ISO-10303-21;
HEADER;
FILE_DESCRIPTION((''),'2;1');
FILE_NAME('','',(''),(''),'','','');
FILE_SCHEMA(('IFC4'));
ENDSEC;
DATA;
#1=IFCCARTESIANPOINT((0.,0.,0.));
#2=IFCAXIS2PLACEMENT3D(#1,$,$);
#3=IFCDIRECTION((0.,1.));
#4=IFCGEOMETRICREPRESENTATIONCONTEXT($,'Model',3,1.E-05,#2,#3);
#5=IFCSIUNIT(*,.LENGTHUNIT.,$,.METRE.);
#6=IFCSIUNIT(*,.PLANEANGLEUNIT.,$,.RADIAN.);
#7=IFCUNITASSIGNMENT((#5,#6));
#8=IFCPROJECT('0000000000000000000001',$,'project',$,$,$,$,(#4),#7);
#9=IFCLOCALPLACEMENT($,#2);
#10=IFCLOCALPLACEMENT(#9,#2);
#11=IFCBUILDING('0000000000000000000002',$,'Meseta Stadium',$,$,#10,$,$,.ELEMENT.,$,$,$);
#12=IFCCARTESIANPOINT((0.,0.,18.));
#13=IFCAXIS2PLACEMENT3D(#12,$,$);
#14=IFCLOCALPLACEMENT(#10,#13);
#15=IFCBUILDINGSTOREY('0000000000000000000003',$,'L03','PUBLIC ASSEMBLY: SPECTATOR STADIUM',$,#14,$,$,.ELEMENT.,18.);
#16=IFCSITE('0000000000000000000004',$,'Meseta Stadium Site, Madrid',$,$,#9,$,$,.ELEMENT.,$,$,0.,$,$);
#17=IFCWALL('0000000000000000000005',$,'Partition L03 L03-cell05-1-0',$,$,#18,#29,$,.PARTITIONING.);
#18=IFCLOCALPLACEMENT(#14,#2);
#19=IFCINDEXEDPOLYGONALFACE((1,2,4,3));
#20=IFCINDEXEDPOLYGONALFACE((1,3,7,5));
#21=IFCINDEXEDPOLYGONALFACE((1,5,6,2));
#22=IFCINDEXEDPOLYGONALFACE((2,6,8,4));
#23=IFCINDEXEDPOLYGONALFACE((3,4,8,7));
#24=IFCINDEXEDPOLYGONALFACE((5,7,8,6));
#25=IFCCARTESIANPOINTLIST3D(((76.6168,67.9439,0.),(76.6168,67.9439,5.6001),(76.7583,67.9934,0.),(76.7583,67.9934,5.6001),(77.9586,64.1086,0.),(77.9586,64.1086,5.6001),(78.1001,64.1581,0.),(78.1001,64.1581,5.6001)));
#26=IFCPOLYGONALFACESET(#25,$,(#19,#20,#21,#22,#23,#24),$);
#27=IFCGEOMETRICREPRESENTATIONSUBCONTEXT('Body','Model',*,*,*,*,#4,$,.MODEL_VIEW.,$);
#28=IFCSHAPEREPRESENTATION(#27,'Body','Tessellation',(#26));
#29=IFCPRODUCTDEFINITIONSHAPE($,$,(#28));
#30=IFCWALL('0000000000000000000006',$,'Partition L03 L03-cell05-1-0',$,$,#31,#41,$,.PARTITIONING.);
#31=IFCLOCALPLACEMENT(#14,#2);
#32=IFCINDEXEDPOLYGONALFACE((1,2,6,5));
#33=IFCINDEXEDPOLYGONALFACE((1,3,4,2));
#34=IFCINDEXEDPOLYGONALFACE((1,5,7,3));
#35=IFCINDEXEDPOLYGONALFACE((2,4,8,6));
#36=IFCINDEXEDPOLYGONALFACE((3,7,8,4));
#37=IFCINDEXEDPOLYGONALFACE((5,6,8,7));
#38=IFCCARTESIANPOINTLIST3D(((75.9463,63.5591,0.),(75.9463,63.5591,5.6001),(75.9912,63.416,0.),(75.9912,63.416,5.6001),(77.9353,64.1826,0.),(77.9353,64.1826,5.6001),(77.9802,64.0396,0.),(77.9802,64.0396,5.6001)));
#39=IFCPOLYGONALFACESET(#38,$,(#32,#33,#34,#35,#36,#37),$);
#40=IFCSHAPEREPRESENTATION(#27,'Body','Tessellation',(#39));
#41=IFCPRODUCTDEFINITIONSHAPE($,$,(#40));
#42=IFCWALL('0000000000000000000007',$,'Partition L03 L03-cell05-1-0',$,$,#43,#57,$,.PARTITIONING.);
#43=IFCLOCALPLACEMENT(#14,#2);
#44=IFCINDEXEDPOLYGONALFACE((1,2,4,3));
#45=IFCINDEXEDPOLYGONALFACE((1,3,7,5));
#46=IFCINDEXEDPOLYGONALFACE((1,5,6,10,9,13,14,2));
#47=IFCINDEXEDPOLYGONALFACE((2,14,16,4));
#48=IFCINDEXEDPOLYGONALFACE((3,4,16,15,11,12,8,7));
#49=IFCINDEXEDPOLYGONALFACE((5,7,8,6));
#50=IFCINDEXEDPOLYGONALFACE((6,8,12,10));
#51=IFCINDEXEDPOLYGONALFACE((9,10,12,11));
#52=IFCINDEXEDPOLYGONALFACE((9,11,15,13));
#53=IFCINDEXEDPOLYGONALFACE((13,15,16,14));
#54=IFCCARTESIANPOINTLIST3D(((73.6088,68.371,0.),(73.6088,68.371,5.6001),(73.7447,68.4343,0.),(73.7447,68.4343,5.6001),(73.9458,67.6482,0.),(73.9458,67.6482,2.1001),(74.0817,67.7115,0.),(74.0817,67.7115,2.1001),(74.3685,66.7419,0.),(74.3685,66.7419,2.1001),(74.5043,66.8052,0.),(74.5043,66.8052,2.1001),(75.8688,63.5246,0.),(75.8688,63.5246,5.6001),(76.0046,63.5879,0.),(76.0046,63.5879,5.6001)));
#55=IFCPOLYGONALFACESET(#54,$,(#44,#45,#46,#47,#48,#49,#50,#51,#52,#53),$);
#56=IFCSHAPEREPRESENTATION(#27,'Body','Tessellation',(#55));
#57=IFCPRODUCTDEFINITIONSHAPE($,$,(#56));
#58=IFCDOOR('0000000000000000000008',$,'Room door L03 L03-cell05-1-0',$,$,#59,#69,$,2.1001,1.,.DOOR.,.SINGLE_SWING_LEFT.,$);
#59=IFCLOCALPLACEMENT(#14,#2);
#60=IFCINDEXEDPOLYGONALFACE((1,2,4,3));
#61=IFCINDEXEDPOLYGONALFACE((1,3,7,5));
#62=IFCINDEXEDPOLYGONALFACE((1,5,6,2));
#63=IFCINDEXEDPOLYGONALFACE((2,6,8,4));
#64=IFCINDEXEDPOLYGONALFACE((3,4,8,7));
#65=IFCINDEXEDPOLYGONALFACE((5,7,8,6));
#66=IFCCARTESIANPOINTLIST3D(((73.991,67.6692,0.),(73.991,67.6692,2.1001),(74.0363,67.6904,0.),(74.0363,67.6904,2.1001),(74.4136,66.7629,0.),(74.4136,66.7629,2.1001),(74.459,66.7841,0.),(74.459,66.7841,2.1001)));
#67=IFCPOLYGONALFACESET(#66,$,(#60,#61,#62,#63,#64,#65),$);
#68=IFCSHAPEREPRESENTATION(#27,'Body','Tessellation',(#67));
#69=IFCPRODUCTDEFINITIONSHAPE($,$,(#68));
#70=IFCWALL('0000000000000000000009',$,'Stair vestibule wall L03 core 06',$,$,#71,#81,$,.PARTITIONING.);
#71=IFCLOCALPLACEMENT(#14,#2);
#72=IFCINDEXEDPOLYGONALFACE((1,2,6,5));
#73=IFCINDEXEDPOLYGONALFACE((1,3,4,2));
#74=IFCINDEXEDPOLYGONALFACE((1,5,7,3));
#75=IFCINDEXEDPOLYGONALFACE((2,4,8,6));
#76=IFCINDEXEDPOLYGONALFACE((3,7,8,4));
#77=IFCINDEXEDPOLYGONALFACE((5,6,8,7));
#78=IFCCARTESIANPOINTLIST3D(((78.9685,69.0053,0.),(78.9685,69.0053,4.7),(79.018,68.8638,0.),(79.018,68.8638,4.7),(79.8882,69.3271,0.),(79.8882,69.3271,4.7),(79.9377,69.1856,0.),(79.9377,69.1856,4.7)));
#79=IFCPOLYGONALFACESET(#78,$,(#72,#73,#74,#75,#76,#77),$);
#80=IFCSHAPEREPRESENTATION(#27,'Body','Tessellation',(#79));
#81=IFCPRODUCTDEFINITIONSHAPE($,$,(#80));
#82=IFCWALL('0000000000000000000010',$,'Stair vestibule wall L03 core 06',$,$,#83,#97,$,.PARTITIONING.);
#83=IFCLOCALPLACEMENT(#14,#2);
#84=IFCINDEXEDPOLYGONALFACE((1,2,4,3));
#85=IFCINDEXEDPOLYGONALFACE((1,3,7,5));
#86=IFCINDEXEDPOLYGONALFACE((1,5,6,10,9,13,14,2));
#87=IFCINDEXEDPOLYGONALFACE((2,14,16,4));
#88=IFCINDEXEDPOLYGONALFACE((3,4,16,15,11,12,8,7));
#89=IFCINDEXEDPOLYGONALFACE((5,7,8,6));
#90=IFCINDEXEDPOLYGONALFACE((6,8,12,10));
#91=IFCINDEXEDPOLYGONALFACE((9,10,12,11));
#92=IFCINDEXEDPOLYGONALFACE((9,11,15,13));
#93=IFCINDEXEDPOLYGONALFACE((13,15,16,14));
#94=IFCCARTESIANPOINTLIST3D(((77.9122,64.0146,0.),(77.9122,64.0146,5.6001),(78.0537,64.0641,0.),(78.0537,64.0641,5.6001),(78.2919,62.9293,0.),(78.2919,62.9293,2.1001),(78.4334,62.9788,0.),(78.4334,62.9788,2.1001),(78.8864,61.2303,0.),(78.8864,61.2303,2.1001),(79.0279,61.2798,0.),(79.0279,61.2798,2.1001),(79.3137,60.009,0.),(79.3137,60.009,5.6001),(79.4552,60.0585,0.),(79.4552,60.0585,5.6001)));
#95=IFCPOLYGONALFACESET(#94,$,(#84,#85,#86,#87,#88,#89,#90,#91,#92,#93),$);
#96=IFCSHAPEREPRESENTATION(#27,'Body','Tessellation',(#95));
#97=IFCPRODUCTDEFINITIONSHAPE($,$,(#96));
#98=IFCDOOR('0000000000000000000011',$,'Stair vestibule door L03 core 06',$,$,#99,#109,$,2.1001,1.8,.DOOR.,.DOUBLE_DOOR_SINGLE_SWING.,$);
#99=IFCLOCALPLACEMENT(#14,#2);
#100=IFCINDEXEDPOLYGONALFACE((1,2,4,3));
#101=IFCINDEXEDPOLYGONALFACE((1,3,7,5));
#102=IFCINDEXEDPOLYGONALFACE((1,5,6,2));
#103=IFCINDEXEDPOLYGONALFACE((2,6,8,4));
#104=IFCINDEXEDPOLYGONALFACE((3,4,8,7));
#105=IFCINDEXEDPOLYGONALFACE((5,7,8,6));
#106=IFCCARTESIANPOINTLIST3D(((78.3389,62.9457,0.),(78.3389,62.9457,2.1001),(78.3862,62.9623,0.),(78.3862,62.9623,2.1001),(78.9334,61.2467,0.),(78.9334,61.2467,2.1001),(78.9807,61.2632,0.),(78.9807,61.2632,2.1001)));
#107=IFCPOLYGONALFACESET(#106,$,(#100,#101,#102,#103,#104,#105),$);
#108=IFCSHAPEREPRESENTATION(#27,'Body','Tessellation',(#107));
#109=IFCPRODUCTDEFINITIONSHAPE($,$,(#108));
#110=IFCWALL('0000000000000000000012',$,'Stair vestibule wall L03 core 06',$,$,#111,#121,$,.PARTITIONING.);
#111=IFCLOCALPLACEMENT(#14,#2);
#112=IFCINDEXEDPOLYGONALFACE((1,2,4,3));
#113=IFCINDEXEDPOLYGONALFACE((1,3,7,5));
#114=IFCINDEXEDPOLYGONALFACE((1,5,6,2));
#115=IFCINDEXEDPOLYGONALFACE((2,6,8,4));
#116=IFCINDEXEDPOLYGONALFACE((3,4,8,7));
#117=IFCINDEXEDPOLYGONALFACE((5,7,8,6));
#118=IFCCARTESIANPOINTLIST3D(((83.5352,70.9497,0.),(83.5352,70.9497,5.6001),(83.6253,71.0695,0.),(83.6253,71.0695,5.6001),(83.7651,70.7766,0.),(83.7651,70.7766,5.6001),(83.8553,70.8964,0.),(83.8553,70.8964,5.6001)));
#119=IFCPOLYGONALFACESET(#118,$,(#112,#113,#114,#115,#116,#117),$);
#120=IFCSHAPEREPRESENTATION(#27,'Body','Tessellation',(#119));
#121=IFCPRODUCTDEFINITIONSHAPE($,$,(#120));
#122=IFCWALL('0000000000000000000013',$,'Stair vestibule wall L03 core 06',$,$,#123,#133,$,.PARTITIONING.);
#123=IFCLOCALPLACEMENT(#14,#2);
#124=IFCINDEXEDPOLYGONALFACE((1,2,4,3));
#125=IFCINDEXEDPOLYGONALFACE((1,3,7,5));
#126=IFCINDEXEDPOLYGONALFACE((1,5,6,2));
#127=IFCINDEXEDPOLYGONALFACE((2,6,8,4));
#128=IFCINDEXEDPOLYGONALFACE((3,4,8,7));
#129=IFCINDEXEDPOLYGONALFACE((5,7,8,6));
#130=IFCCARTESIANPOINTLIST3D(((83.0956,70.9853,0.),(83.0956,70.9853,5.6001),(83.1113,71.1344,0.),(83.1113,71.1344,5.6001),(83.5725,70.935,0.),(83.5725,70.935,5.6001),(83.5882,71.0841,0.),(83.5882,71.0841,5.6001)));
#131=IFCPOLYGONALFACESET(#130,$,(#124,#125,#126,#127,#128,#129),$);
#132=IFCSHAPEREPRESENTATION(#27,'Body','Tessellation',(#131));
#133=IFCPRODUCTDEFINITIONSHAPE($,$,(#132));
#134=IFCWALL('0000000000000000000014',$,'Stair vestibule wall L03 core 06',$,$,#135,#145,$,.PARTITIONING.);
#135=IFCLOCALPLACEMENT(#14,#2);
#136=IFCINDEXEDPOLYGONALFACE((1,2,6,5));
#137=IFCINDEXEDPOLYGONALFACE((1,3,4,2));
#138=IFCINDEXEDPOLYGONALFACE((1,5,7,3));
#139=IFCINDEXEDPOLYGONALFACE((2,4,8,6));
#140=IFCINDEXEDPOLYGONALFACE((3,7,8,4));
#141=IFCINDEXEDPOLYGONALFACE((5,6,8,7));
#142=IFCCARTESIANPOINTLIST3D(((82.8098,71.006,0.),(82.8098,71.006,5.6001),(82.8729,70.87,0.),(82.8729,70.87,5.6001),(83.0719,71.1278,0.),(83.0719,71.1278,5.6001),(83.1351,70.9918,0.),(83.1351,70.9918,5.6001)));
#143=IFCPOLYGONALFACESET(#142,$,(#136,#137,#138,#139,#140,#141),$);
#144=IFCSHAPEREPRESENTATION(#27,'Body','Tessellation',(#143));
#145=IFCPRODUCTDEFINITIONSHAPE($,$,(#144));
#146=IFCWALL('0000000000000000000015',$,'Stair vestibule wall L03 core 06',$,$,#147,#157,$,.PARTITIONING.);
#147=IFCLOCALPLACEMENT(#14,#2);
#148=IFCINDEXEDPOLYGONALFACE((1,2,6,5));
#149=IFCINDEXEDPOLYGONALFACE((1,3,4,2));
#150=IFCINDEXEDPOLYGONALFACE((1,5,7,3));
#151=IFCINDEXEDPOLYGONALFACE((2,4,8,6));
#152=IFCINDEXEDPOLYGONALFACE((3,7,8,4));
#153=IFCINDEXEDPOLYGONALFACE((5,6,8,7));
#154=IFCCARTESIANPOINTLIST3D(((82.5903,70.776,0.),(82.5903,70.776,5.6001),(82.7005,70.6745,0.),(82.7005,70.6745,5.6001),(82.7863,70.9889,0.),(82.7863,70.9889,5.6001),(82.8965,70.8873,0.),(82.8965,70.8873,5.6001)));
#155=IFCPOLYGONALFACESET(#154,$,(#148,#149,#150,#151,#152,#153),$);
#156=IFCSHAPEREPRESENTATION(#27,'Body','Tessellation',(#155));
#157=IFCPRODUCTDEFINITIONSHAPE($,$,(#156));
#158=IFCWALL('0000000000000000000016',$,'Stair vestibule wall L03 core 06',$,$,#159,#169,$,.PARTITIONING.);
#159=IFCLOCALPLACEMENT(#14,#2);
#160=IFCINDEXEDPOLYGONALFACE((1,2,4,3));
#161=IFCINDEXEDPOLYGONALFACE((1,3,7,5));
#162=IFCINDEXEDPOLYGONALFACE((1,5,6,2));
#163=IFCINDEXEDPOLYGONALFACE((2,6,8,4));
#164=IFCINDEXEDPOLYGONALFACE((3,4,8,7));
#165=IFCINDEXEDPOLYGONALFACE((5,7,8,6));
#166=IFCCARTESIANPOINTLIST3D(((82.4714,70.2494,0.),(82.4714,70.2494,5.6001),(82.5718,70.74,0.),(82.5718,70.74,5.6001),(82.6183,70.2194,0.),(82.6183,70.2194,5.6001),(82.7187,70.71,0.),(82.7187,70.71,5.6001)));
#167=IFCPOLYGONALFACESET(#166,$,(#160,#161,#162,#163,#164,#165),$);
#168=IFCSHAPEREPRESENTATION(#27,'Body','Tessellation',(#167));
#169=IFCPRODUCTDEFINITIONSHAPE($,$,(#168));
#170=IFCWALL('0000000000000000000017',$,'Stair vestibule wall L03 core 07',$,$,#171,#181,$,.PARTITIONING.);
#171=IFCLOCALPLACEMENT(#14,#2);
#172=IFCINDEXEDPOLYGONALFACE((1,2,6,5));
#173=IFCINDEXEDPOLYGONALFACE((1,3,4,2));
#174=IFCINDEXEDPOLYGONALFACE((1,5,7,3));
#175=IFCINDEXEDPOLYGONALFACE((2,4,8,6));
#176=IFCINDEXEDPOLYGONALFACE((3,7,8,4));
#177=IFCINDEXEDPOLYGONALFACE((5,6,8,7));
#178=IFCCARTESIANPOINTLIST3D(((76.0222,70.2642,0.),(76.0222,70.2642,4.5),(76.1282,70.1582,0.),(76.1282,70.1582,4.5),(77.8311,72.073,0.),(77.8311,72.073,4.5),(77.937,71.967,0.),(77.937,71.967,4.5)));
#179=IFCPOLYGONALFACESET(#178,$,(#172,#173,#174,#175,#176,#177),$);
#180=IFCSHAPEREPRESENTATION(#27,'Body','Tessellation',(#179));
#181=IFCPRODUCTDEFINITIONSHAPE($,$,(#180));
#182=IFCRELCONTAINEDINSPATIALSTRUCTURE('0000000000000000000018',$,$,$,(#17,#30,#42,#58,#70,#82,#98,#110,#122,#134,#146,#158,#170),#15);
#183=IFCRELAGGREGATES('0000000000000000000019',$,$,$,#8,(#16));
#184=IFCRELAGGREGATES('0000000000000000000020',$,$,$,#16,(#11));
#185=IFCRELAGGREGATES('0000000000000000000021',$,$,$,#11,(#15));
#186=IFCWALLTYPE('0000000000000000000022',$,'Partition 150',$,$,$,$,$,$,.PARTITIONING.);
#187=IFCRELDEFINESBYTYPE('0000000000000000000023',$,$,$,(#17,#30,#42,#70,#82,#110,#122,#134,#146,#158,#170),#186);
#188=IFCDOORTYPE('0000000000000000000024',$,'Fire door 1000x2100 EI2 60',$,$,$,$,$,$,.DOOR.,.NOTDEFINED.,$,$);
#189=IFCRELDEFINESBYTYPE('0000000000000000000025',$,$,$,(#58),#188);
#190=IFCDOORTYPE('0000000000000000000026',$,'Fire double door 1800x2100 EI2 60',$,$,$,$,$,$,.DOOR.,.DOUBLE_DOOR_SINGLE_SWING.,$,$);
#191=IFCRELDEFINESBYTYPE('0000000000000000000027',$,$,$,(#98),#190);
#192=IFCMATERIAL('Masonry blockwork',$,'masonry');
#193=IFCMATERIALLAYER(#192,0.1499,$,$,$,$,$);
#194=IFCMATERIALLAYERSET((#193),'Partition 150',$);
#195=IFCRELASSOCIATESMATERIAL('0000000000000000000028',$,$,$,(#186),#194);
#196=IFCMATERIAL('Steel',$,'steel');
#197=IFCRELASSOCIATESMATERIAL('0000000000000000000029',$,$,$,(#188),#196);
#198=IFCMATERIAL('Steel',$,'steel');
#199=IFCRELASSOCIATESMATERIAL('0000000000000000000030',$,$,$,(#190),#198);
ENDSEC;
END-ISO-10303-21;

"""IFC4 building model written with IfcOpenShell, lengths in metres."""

from ifc_helpers import new_model, si_unit, direction, frame, frame_2d, origin, place, context, subcontext, project, spatial, rectangle, extrude, material, layer, layer_set, type_object, element, fill, save


model = new_model("IFC4")

# Units and contexts
model_context = context("Model", 3, precision=1e-05, world=origin(), true_north=direction((0.0, 1.0)))
body_context = subcontext(model_context, "Body", "Model", "MODEL_VIEW")
ifc_project = project(units=[si_unit("LENGTHUNIT", "METRE"), si_unit("PLANEANGLEUNIT", "RADIAN")], contexts=[model_context])

# Site, building, storey
site_placement = place(None, origin())
site = spatial("IfcSite", under=ifc_project, at=site_placement, Name="Meseta Stadium Site, Madrid", CompositionType="ELEMENT", RefElevation=0.0)
building_placement = place(site_placement, origin())
building = spatial("IfcBuilding", under=site, at=building_placement, Name="Meseta Stadium", CompositionType="ELEMENT")
storey_placement = place(building_placement, frame((0.0, 0.0, 18.0)))
storey = spatial("IfcBuildingStorey", under=building, at=storey_placement, Name="L03", Description="PUBLIC ASSEMBLY: SPECTATOR STADIUM", CompositionType="ELEMENT", Elevation=18.0)

# Walls
ifc_material_1 = material(Name="Masonry blockwork", Category="masonry")
ifc_layer = layer(ifc_material_1, 0.1499)
ifc_layer_set = layer_set([ifc_layer], Name="Partition 150")
wall_type = type_object("IfcWallType", Name="Partition 150", PredefinedType="PARTITIONING", material=ifc_layer_set)
wall_1_placement = place(storey_placement, frame((76.6875, 67.9688, 0.0), z_axis=(0.0, 0.0, 1.0), x_axis=(0.330235, -0.943899, 0.0)))
element("IfcWall", 1, at=wall_1_placement, inside=storey, type_object=wall_type, Name="Partition L03 L03-cell05-1-0", PredefinedType="PARTITIONING", context=body_context, shape_type="SweptSolid", body=[
    extrude(rectangle(XDim=4.0632, YDim=0.1499, at=frame_2d((2.0317, 0.0))), origin(), (0.0, 0.0, 1.0), 5.6001),
])
wall_2_placement = place(storey_placement, frame((77.9578, 64.1111, 0.0), z_axis=(0.0, 0.0, 1.0), x_axis=(-0.954211, -0.299135, 0.0)))
element("IfcWall", 2, at=wall_2_placement, inside=storey, type_object=wall_type, Name="Partition L03 L03-cell05-1-0", PredefinedType="PARTITIONING", context=body_context, shape_type="SweptSolid", body=[
    extrude(rectangle(XDim=2.0845, YDim=0.1499, at=frame_2d((1.0422, 0.0))), origin(), (0.0, 0.0, 1.0), 5.6001),
])

# Wall, opening, door
wall_3_placement = place(storey_placement, frame((75.9368, 63.5562, 0.0), z_axis=(0.0, 0.0, 1.0), x_axis=(-0.422631, 0.906302, 0.0)))
wall_3 = element("IfcWall", 3, at=wall_3_placement, inside=storey, type_object=wall_type, Name="Partition L03 L03-cell05-1-0", PredefinedType="PARTITIONING", context=body_context, shape_type="SweptSolid", body=[
    extrude(rectangle(XDim=5.3474, YDim=0.1499, at=frame_2d((2.6738, 0.0))), origin(), (0.0, 0.0, 1.0), 5.6001),
])
opening_1_placement = place(wall_3_placement, frame((3.55, 0.0, 0.0)))
opening_1 = element("IfcOpeningElement", 4, at=opening_1_placement, cuts=wall_3, PredefinedType="OPENING", context=body_context, shape_type="SweptSolid", body=[
    extrude(rectangle(XDim=1.0, YDim=2.1001, at=frame_2d((0.5, 1.05))), frame((0.0, 0.085, 0.0), z_axis=(0.0, -1.0, 0.0), x_axis=(1.0, 0.0, 0.0)), (0.0, 0.0, 1.0), 0.1699),
])
ifc_material_2 = material(Name="Steel", Category="steel")
door_type_1 = type_object("IfcDoorType", Name="Fire door 1000x2100 EI2 60", OperationType="NOTDEFINED", PredefinedType="DOOR", material=ifc_material_2)
door_1_placement = place(opening_1_placement, frame((1.0, 0.0, 0.0), z_axis=(0.0, 0.0, 1.0), x_axis=(-1.0, 0.0, 0.0)))
door_1 = element("IfcDoor", 5, at=door_1_placement, inside=storey, type_object=door_type_1, Name="Room door L03 L03-cell05-1-0", OperationType="SINGLE_SWING_LEFT", OverallHeight=2.1001, OverallWidth=1.0, PredefinedType="DOOR", context=body_context, shape_type="SweptSolid", body=[
    extrude(rectangle(XDim=1.0, YDim=2.1001, at=frame_2d((0.5, 1.05))), frame((0.0, 0.0249, 0.0), z_axis=(0.0, -1.0, 0.0), x_axis=(1.0, 0.0, 0.0)), (0.0, 0.0, 1.0), 0.05),
])
fill(opening_1, door_1)

# Wall
wall_4_placement = place(storey_placement, frame((79.9131, 69.2563, 0.0), z_axis=(0.0, 0.0, 1.0), x_axis=(-0.943894, -0.33025, 0.0)))
element("IfcWall", 6, at=wall_4_placement, inside=storey, type_object=wall_type, Name="Stair vestibule wall L03 core 06", PredefinedType="PARTITIONING", context=body_context, shape_type="SweptSolid", body=[
    extrude(rectangle(XDim=0.9744, YDim=0.1499, at=frame_2d((0.4873, 0.0))), origin(), (0.0, 0.0, 1.0), 4.7),
])

# Wall, opening, door
wall_5_placement = place(storey_placement, frame((77.9829, 64.0393, 0.0), z_axis=(0.0, 0.0, 1.0), x_axis=(0.330276, -0.943884, 0.0)))
wall_5 = element("IfcWall", 7, at=wall_5_placement, inside=storey, type_object=wall_type, Name="Stair vestibule wall L03 core 06", PredefinedType="PARTITIONING", context=body_context, shape_type="SweptSolid", body=[
    extrude(rectangle(XDim=4.2437, YDim=0.1499, at=frame_2d((2.1218, 0.0))), origin(), (0.0, 0.0, 1.0), 5.6001),
])
opening_2_placement = place(wall_5_placement, frame((1.1499, 0.0, 0.0)))
opening_2 = element("IfcOpeningElement", 8, at=opening_2_placement, cuts=wall_5, PredefinedType="OPENING", context=body_context, shape_type="SweptSolid", body=[
    extrude(rectangle(XDim=1.8, YDim=2.1001, at=frame_2d((0.8999, 1.05))), frame((0.0, 0.085, 0.0), z_axis=(0.0, -1.0, 0.0), x_axis=(1.0, 0.0, 0.0)), (0.0, 0.0, 1.0), 0.1699),
])
ifc_material_3 = material(Name="Steel", Category="steel")
door_type_2 = type_object("IfcDoorType", Name="Fire double door 1800x2100 EI2 60", OperationType="DOUBLE_DOOR_SINGLE_SWING", PredefinedType="DOOR", material=ifc_material_3)
door_2_placement = place(opening_2_placement, origin())
door_2 = element("IfcDoor", 9, at=door_2_placement, inside=storey, type_object=door_type_2, Name="Stair vestibule door L03 core 06", OperationType="DOUBLE_DOOR_SINGLE_SWING", OverallHeight=2.1001, OverallWidth=1.8, PredefinedType="DOOR", context=body_context, shape_type="SweptSolid", body=[
    extrude(rectangle(XDim=1.8, YDim=2.1001, at=frame_2d((0.8999, 1.05))), frame((0.0, 0.0249, 0.0), z_axis=(0.0, -1.0, 0.0), x_axis=(1.0, 0.0, 0.0)), (0.0, 0.0, 1.0), 0.05),
])
fill(opening_2, door_2)

# Walls
wall_6_placement = place(storey_placement, frame((83.8103, 70.8364, 0.0), z_axis=(0.0, 0.0, 1.0), x_axis=(-0.798981, 0.601356, 0.0)))
element("IfcWall", 10, at=wall_6_placement, inside=storey, type_object=wall_type, Name="Stair vestibule wall L03 core 06", PredefinedType="PARTITIONING", context=body_context, shape_type="SweptSolid", body=[
    extrude(rectangle(XDim=0.2878, YDim=0.1499, at=frame_2d((0.144, 0.0))), origin(), (0.0, 0.0, 1.0), 5.6001),
])
wall_7_placement = place(storey_placement, frame((83.5803, 71.0095, 0.0), z_axis=(0.0, 0.0, 1.0), x_axis=(-0.994483, 0.104897, 0.0)))
element("IfcWall", 11, at=wall_7_placement, inside=storey, type_object=wall_type, Name="Stair vestibule wall L03 core 06", PredefinedType="PARTITIONING", context=body_context, shape_type="SweptSolid", body=[
    extrude(rectangle(XDim=0.4795, YDim=0.1499, at=frame_2d((0.2397, 0.0))), origin(), (0.0, 0.0, 1.0), 5.6001),
])
wall_8_placement = place(storey_placement, frame((83.1035, 71.0598, 0.0), z_axis=(0.0, 0.0, 1.0), x_axis=(-0.906894, -0.421359, 0.0)))
element("IfcWall", 12, at=wall_8_placement, inside=storey, type_object=wall_type, Name="Stair vestibule wall L03 core 06", PredefinedType="PARTITIONING", context=body_context, shape_type="SweptSolid", body=[
    extrude(rectangle(XDim=0.2891, YDim=0.1499, at=frame_2d((0.1445, 0.0))), origin(), (0.0, 0.0, 1.0), 5.6001),
])
wall_9_placement = place(storey_placement, frame((82.8413, 70.938, 0.0), z_axis=(0.0, 0.0, 1.0), x_axis=(-0.677404, -0.735611, 0.0)))
element("IfcWall", 13, at=wall_9_placement, inside=storey, type_object=wall_type, Name="Stair vestibule wall L03 core 06", PredefinedType="PARTITIONING", context=body_context, shape_type="SweptSolid", body=[
    extrude(rectangle(XDim=0.2893, YDim=0.1499, at=frame_2d((0.1445, 0.0))), origin(), (0.0, 0.0, 1.0), 5.6001),
])
wall_10_placement = place(storey_placement, frame((82.6453, 70.7251, 0.0), z_axis=(0.0, 0.0, 1.0), x_axis=(-0.200428, -0.979708, 0.0)))
element("IfcWall", 14, at=wall_10_placement, inside=storey, type_object=wall_type, Name="Stair vestibule wall L03 core 06", PredefinedType="PARTITIONING", context=body_context, shape_type="SweptSolid", body=[
    extrude(rectangle(XDim=0.5007, YDim=0.1499, at=frame_2d((0.2505, 0.0))), origin(), (0.0, 0.0, 1.0), 5.6001),
])
wall_11_placement = place(storey_placement, frame((76.0752, 70.2112, 0.0), z_axis=(0.0, 0.0, 1.0), x_axis=(0.707107, 0.707107, 0.0)))
element("IfcWall", 15, at=wall_11_placement, inside=storey, type_object=wall_type, Name="Stair vestibule wall L03 core 07", PredefinedType="PARTITIONING", context=body_context, shape_type="SweptSolid", body=[
    extrude(rectangle(XDim=2.5581, YDim=0.1499, at=frame_2d((1.2791, 0.0))), origin(), (0.0, 0.0, 1.0), 4.5),
])

save(model, "model.ifc")
